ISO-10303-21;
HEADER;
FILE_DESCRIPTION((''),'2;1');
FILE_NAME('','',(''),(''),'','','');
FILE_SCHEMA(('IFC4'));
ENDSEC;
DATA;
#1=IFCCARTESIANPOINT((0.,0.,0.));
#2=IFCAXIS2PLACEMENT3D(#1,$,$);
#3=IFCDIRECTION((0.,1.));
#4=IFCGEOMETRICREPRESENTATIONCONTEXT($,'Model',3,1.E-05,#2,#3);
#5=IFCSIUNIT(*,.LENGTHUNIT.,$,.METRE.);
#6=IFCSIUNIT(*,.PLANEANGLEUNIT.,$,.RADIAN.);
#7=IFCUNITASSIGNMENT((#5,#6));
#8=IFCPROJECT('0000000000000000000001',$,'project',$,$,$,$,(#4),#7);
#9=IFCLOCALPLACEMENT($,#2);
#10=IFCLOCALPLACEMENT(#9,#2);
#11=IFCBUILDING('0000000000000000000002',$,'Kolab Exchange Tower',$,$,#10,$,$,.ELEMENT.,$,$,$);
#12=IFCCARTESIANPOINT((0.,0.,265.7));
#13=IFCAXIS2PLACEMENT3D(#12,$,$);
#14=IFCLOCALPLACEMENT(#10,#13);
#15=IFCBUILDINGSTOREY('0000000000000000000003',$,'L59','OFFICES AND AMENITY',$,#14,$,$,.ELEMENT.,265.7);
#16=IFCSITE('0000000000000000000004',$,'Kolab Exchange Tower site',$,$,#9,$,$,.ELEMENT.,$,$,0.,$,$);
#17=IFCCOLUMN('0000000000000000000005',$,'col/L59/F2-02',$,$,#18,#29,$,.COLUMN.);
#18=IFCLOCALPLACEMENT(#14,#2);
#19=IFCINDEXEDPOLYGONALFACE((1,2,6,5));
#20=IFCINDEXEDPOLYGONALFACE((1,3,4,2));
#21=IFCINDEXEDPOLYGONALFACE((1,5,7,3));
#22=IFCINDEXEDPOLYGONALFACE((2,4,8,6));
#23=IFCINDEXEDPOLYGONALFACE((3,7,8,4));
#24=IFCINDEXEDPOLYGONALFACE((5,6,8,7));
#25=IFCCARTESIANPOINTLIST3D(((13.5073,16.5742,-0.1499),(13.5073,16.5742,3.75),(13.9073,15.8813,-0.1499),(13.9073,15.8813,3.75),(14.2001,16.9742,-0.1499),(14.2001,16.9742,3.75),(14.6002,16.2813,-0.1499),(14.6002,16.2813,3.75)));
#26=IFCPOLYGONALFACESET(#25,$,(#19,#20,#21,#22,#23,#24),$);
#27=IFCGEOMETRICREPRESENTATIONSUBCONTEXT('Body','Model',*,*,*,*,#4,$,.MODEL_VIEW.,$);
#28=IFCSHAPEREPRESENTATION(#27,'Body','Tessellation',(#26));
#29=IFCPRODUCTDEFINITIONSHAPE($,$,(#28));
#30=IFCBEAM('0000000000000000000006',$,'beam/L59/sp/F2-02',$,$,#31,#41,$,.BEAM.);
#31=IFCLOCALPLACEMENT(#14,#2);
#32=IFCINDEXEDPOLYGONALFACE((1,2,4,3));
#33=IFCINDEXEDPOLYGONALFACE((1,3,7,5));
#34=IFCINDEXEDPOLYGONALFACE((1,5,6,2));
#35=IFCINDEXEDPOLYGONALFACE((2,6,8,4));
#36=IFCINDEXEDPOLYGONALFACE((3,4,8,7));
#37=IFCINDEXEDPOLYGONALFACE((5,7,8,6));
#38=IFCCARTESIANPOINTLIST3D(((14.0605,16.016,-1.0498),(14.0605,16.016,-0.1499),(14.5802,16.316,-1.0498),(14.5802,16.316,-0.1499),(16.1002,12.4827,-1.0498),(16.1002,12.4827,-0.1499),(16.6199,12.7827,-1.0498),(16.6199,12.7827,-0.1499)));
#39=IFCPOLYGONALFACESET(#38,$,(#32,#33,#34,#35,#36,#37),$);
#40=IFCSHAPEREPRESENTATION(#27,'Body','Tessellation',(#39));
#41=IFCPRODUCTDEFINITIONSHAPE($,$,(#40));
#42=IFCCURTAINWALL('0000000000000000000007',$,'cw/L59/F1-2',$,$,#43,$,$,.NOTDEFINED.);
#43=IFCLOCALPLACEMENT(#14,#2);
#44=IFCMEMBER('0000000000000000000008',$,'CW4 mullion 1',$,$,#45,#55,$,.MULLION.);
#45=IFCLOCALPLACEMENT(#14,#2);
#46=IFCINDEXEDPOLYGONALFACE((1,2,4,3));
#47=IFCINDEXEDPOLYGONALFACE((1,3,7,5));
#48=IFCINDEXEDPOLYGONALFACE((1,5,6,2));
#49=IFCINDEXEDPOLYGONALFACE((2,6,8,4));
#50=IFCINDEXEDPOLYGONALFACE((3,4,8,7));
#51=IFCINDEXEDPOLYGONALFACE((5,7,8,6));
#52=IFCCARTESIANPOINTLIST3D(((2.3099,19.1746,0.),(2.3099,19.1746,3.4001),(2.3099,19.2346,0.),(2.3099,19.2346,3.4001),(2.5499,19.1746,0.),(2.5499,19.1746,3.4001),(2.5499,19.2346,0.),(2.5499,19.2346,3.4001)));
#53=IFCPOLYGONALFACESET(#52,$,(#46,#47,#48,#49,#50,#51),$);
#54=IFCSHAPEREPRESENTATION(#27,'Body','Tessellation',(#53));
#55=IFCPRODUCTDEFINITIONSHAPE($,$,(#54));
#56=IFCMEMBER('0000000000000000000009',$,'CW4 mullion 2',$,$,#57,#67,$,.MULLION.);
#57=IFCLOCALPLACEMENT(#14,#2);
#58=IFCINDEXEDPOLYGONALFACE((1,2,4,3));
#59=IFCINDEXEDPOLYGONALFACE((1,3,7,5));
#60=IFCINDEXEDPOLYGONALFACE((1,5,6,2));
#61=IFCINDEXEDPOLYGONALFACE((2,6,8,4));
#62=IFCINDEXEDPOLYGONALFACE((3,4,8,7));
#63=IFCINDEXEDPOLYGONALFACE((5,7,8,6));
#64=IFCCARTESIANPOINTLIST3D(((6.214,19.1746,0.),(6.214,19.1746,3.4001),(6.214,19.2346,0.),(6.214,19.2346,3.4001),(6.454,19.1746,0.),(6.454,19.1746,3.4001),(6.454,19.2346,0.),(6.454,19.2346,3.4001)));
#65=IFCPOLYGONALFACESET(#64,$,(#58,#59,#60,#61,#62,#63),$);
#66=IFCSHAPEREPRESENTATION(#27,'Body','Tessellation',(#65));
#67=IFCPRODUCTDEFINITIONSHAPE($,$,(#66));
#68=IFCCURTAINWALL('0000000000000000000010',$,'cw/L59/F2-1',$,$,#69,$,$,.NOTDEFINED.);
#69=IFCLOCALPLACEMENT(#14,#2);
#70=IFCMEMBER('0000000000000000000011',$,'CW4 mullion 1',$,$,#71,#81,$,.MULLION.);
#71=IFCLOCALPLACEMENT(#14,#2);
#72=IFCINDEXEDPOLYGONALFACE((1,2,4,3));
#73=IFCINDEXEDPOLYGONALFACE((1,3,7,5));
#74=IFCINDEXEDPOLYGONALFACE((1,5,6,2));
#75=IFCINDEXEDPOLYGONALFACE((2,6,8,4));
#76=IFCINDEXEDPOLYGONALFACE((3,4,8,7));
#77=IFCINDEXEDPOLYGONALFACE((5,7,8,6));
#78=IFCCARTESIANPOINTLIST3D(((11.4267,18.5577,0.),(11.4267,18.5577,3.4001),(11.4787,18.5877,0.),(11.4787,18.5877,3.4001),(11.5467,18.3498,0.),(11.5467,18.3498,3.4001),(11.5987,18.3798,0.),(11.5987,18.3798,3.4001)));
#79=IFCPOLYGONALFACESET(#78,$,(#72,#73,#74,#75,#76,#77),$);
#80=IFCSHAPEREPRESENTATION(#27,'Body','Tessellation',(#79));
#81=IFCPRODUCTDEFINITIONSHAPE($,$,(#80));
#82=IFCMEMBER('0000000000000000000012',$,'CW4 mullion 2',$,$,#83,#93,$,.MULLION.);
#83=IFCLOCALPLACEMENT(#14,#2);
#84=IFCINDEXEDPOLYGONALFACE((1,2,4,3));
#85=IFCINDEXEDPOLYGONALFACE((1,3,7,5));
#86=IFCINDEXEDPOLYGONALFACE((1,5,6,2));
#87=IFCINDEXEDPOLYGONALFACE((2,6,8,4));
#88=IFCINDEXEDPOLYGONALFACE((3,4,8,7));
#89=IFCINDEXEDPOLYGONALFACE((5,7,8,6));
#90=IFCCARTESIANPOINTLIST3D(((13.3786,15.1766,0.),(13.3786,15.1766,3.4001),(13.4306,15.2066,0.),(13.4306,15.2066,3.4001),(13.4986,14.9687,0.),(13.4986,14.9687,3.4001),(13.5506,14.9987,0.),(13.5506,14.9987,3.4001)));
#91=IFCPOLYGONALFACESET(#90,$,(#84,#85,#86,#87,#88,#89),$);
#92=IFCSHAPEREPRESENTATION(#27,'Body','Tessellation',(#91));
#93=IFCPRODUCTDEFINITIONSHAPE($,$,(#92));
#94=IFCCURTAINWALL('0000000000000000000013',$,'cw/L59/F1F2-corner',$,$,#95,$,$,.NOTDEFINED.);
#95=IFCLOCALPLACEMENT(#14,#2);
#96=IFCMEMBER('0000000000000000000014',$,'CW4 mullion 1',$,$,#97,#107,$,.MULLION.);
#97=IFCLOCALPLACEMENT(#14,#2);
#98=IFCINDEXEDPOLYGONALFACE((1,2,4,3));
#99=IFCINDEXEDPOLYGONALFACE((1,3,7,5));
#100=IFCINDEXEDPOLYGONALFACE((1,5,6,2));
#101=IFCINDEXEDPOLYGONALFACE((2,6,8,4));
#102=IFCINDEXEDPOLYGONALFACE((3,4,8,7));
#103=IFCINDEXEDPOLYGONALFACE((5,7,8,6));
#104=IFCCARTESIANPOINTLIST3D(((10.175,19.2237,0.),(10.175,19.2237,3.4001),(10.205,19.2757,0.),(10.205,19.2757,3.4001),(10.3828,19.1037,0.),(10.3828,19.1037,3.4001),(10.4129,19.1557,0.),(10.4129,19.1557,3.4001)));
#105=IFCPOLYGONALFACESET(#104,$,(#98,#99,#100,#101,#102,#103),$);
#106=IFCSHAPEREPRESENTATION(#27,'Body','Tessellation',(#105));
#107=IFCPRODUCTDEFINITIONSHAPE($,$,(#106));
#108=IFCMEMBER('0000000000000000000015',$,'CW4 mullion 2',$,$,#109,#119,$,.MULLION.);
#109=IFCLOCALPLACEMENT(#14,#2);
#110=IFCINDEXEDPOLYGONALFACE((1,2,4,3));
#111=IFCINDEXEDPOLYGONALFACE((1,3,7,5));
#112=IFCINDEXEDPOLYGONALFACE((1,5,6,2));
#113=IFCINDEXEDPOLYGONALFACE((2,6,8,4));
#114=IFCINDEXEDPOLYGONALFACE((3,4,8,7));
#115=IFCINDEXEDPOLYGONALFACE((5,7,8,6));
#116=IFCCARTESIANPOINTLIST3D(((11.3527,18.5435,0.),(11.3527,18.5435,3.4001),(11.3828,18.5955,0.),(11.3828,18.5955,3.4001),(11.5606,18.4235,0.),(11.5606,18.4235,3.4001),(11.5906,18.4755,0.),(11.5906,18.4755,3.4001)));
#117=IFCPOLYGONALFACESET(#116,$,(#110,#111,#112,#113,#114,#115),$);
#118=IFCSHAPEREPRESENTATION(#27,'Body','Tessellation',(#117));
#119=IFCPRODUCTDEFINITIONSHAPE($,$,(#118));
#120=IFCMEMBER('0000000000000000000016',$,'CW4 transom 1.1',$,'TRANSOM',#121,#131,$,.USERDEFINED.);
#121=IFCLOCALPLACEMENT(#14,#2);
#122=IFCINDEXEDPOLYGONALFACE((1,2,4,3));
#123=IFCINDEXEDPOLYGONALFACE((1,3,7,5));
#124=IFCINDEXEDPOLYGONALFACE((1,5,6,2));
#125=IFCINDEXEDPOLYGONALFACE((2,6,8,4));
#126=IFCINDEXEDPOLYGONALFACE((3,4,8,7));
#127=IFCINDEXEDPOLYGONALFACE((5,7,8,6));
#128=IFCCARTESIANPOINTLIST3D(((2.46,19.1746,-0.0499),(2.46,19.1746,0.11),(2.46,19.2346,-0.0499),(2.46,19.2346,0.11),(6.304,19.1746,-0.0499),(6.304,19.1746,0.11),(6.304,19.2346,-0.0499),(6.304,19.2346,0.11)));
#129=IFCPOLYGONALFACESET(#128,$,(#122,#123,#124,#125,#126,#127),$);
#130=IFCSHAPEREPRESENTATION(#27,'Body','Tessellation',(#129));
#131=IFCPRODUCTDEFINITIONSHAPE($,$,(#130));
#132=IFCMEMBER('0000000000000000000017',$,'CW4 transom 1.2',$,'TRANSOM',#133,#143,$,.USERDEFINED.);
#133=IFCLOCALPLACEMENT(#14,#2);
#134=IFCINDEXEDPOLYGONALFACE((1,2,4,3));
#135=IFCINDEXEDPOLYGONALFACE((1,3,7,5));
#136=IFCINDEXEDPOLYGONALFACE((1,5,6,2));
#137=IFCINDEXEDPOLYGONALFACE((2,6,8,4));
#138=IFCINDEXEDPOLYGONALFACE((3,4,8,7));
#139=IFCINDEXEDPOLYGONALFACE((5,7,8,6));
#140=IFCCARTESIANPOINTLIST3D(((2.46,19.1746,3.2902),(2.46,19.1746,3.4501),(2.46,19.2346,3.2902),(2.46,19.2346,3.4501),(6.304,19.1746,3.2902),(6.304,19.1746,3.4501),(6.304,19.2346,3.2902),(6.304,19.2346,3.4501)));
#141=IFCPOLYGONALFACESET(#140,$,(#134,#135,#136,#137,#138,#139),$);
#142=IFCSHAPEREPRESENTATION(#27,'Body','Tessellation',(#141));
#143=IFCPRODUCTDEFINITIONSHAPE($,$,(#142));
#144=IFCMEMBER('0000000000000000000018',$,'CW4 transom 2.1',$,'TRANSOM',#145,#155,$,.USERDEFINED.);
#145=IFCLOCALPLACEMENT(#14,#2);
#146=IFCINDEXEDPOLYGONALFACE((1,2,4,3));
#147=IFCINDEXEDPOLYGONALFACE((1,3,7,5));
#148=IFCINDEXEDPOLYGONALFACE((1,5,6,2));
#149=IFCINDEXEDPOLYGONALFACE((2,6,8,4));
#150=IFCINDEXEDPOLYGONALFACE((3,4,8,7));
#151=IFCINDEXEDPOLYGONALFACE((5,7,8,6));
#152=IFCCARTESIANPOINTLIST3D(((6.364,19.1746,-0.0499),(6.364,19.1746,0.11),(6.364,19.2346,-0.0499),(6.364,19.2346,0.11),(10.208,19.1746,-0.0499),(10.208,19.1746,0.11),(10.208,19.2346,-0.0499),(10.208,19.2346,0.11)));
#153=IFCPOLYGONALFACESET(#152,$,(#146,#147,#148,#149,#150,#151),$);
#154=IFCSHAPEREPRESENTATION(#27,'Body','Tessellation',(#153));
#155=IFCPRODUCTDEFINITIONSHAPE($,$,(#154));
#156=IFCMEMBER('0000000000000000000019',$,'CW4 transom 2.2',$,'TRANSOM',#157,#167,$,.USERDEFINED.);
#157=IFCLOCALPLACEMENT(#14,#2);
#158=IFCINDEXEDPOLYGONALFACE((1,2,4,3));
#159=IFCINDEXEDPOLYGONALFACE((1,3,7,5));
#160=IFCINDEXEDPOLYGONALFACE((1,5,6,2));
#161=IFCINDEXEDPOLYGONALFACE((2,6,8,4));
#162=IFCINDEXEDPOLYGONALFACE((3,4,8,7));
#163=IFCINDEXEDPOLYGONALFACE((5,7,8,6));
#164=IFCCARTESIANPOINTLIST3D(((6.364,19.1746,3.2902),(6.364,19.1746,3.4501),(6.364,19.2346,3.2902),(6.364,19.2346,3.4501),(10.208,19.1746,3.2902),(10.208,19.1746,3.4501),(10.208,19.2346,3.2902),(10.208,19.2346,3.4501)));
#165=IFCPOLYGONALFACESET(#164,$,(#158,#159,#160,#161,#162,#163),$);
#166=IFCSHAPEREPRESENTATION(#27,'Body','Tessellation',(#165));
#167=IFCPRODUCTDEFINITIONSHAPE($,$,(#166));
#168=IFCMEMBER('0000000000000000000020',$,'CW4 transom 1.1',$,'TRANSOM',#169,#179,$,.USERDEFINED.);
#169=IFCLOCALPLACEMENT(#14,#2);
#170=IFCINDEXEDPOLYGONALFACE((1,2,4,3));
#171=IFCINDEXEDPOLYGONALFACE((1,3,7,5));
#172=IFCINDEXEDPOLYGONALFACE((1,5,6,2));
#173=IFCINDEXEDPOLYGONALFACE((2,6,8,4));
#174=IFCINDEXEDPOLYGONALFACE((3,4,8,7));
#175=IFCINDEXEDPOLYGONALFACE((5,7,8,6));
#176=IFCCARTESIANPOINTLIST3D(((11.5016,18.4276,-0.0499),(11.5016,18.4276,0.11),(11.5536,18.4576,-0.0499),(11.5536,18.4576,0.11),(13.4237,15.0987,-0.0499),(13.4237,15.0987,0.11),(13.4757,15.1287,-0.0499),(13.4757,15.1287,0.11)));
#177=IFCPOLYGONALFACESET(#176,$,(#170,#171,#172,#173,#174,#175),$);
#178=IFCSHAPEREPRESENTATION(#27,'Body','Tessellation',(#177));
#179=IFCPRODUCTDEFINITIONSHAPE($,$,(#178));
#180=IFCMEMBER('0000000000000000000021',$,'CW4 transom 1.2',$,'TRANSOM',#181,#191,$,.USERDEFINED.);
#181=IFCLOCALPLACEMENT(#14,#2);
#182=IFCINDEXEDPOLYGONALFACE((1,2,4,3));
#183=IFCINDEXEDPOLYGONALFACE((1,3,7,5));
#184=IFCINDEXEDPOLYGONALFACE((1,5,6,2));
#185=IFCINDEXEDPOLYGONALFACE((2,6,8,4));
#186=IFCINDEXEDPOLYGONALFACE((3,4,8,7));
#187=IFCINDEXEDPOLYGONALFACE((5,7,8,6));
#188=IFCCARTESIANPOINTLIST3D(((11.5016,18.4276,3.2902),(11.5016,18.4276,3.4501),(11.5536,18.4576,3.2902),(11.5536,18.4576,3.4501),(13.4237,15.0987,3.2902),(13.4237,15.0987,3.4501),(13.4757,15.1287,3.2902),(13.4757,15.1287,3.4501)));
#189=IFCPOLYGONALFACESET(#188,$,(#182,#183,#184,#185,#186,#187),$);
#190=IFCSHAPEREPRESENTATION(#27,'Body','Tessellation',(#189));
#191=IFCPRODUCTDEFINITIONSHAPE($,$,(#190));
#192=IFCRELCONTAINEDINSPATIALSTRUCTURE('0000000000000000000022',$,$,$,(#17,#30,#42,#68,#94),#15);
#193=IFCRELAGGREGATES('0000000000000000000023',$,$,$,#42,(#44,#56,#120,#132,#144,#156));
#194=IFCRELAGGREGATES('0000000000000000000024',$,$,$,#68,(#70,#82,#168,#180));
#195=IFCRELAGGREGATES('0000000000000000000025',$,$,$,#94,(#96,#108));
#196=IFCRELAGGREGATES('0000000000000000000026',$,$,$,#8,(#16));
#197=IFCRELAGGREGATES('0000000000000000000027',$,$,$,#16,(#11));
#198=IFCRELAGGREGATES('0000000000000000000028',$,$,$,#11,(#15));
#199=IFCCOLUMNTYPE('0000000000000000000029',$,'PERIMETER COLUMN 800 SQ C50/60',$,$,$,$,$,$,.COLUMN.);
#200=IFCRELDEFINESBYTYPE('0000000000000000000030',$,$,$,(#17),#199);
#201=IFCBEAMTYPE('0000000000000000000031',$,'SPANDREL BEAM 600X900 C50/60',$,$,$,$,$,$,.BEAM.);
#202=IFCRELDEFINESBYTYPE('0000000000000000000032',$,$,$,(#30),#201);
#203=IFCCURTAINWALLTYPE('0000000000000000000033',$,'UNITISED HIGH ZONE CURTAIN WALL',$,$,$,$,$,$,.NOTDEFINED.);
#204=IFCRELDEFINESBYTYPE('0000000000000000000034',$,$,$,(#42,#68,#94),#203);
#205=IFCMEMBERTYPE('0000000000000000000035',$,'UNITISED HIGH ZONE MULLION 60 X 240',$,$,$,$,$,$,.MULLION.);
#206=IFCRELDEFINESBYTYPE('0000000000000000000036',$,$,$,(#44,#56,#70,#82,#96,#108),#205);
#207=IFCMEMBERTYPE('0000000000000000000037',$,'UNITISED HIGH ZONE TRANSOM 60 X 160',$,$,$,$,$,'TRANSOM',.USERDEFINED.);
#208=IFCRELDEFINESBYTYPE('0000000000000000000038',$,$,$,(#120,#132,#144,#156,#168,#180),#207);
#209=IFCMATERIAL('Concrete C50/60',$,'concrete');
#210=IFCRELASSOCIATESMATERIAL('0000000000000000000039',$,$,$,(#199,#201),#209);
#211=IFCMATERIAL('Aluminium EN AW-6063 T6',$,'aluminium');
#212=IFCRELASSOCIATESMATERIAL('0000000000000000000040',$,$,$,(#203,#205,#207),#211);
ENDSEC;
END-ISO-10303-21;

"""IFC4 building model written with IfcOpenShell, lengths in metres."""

from ifc_helpers import new_model, si_unit, direction, frame, origin, origin_2d, place, context, subcontext, project, spatial, rectangle, extrude, material, material_profile, profile_set, type_object, element, aggregate, save


model = new_model("IFC4")

# Units and contexts
model_context = context("Model", 3, precision=1e-05, world=origin(), true_north=direction((0.0, 1.0)))
body_context = subcontext(model_context, "Body", "Model", "MODEL_VIEW")
ifc_project = project(units=[si_unit("LENGTHUNIT", "METRE"), si_unit("PLANEANGLEUNIT", "RADIAN")], contexts=[model_context])

# Site, building, storey
site_placement = place(None, origin())
site = spatial("IfcSite", under=ifc_project, at=site_placement, Name="Kolab Exchange Tower site", CompositionType="ELEMENT", RefElevation=0.0)
building_placement = place(site_placement, origin())
building = spatial("IfcBuilding", under=site, at=building_placement, Name="Kolab Exchange Tower", CompositionType="ELEMENT")
storey_placement = place(building_placement, frame((0.0, 0.0, 265.7)))
storey = spatial("IfcBuildingStorey", under=building, at=storey_placement, Name="L59", Description="OFFICES AND AMENITY", CompositionType="ELEMENT", Elevation=265.7)

# Column
ifc_material_1 = material(Name="Concrete C50/60", Category="concrete")
ifc_material_profile_1 = material_profile(ifc_material_1, rectangle(XDim=0.8, YDim=0.8, at=origin_2d()), Name="RC800")
ifc_profile_set_1 = profile_set([ifc_material_profile_1], Name="Concrete C50/60")
column_type = type_object("IfcColumnType", Name="PERIMETER COLUMN 800 SQ C50/60", PredefinedType="COLUMN", material=ifc_profile_set_1)
column_placement = place(storey_placement, frame((14.0537, 16.4277, -0.1499), z_axis=(0.0, 0.0, 1.0), x_axis=(0.866025, 0.5, 0.0)))
element("IfcColumn", 1, at=column_placement, inside=storey, type_object=column_type, Name="col/L59/F2-02", PredefinedType="COLUMN", context=body_context, shape_type="SweptSolid", body=[
    extrude(rectangle(XDim=0.8, YDim=0.8, at=origin_2d()), origin(), (0.0, 0.0, 1.0), 3.8999),
])

# Beam
ifc_material_profile_2 = material_profile(ifc_material_1, rectangle(XDim=0.6001, YDim=0.8999, at=origin_2d()), Name="RC600X900")
ifc_profile_set_2 = profile_set([ifc_material_profile_2], Name="Concrete C50/60")
beam_type = type_object("IfcBeamType", Name="SPANDREL BEAM 600X900 C50/60", PredefinedType="BEAM", material=ifc_profile_set_2)
beam_placement = place(storey_placement, frame((14.3203, 16.166, -0.5999), z_axis=(0.499956, -0.866051, 0.0), x_axis=(0.866051, 0.499956, 0.0)))
element("IfcBeam", 2, at=beam_placement, inside=storey, type_object=beam_type, Name="beam/L59/sp/F2-02", PredefinedType="BEAM", context=body_context, shape_type="SweptSolid", body=[
    extrude(rectangle(XDim=0.6001, YDim=0.8999, at=origin_2d()), origin(), (0.0, 0.0, 1.0), 4.0798),
])

# Curtain walls, members
ifc_material_2 = material(Name="Aluminium EN AW-6063 T6", Category="aluminium")
curtain_wall_type = type_object("IfcCurtainWallType", Name="UNITISED HIGH ZONE CURTAIN WALL", PredefinedType="NOTDEFINED", material=ifc_material_2)
curtain_wall_1_placement = place(storey_placement, origin())
curtain_wall_1 = element("IfcCurtainWall", 3, at=curtain_wall_1_placement, inside=storey, type_object=curtain_wall_type, Name="cw/L59/F1-2", PredefinedType="NOTDEFINED")
ifc_material_profile_3 = material_profile(ifc_material_2, rectangle(XDim=0.0601, YDim=0.24, at=origin_2d()), Name="RECT 60X240")
ifc_profile_set_3 = profile_set([ifc_material_profile_3], Name="Aluminium EN AW-6063 T6")
member_type_1 = type_object("IfcMemberType", Name="UNITISED HIGH ZONE MULLION 60 X 240", PredefinedType="MULLION", material=ifc_profile_set_3)
member_1_placement = place(storey_placement, frame((2.4299, 19.2046, 0.0), z_axis=(0.0, 0.0, 1.0), x_axis=(0.0, 1.0, 0.0)))
member_1 = element("IfcMember", 4, at=member_1_placement, type_object=member_type_1, Name="CW4 mullion 1", PredefinedType="MULLION", context=body_context, shape_type="SweptSolid", body=[
    extrude(rectangle(XDim=0.0601, YDim=0.24, at=origin_2d()), origin(), (0.0, 0.0, 1.0), 3.4001),
])
member_2_placement = place(storey_placement, frame((6.334, 19.2046, 0.0), z_axis=(0.0, 0.0, 1.0), x_axis=(0.0, 1.0, 0.0)))
member_2 = element("IfcMember", 5, at=member_2_placement, type_object=member_type_1, Name="CW4 mullion 2", PredefinedType="MULLION", context=body_context, shape_type="SweptSolid", body=[
    extrude(rectangle(XDim=0.0601, YDim=0.24, at=origin_2d()), origin(), (0.0, 0.0, 1.0), 3.4001),
])
curtain_wall_2_placement = place(storey_placement, origin())
curtain_wall_2 = element("IfcCurtainWall", 6, at=curtain_wall_2_placement, inside=storey, type_object=curtain_wall_type, Name="cw/L59/F2-1", PredefinedType="NOTDEFINED")
member_3_placement = place(storey_placement, frame((11.5127, 18.4688, 0.0), z_axis=(0.0, 0.0, 1.0), x_axis=(0.866025, 0.5, 0.0)))
member_3 = element("IfcMember", 7, at=member_3_placement, type_object=member_type_1, Name="CW4 mullion 1", PredefinedType="MULLION", context=body_context, shape_type="SweptSolid", body=[
    extrude(rectangle(XDim=0.0601, YDim=0.24, at=origin_2d()), origin(), (0.0, 0.0, 1.0), 3.4001),
])
member_4_placement = place(storey_placement, frame((13.4646, 15.0876, 0.0), z_axis=(0.0, 0.0, 1.0), x_axis=(0.866025, 0.5, 0.0)))
member_4 = element("IfcMember", 8, at=member_4_placement, type_object=member_type_1, Name="CW4 mullion 2", PredefinedType="MULLION", context=body_context, shape_type="SweptSolid", body=[
    extrude(rectangle(XDim=0.0601, YDim=0.24, at=origin_2d()), origin(), (0.0, 0.0, 1.0), 3.4001),
])
curtain_wall_3_placement = place(storey_placement, origin())
curtain_wall_3 = element("IfcCurtainWall", 9, at=curtain_wall_3_placement, inside=storey, type_object=curtain_wall_type, Name="cw/L59/F1F2-corner", PredefinedType="NOTDEFINED")
member_5_placement = place(storey_placement, frame((10.2939, 19.1897, 0.0), z_axis=(0.0, 0.0, 1.0), x_axis=(0.5, 0.866025, 0.0)))
member_5 = element("IfcMember", 10, at=member_5_placement, type_object=member_type_1, Name="CW4 mullion 1", PredefinedType="MULLION", context=body_context, shape_type="SweptSolid", body=[
    extrude(rectangle(XDim=0.0601, YDim=0.24, at=origin_2d()), origin(), (0.0, 0.0, 1.0), 3.4001),
])
member_6_placement = place(storey_placement, frame((11.4717, 18.5095, 0.0), z_axis=(0.0, 0.0, 1.0), x_axis=(0.5, 0.866025, 0.0)))
member_6 = element("IfcMember", 11, at=member_6_placement, type_object=member_type_1, Name="CW4 mullion 2", PredefinedType="MULLION", context=body_context, shape_type="SweptSolid", body=[
    extrude(rectangle(XDim=0.0601, YDim=0.24, at=origin_2d()), origin(), (0.0, 0.0, 1.0), 3.4001),
])

# Members
ifc_material_profile_4 = material_profile(ifc_material_2, rectangle(XDim=0.0601, YDim=0.1599, at=origin_2d()), Name="RECT 60X160")
ifc_profile_set_4 = profile_set([ifc_material_profile_4], Name="Aluminium EN AW-6063 T6")
member_type_2 = type_object("IfcMemberType", Name="UNITISED HIGH ZONE TRANSOM 60 X 160", ElementType="TRANSOM", PredefinedType="USERDEFINED", material=ifc_profile_set_4)
member_7_placement = place(storey_placement, frame((2.46, 19.2046, 0.03), z_axis=(1.0, 0.0, 0.0), x_axis=(0.0, 1.0, 0.0)))
member_7 = element("IfcMember", 12, at=member_7_placement, type_object=member_type_2, Name="CW4 transom 1.1", ObjectType="TRANSOM", PredefinedType="USERDEFINED", context=body_context, shape_type="SweptSolid", body=[
    extrude(rectangle(XDim=0.0601, YDim=0.1599, at=origin_2d()), origin(), (0.0, 0.0, 1.0), 3.844),
])
member_8_placement = place(storey_placement, frame((2.46, 19.2046, 3.3701), z_axis=(1.0, 0.0, 0.0), x_axis=(0.0, 1.0, 0.0)))
member_8 = element("IfcMember", 13, at=member_8_placement, type_object=member_type_2, Name="CW4 transom 1.2", ObjectType="TRANSOM", PredefinedType="USERDEFINED", context=body_context, shape_type="SweptSolid", body=[
    extrude(rectangle(XDim=0.0601, YDim=0.1599, at=origin_2d()), origin(), (0.0, 0.0, 1.0), 3.844),
])
member_9_placement = place(storey_placement, frame((6.364, 19.2046, 0.03), z_axis=(1.0, 0.0, 0.0), x_axis=(0.0, 1.0, 0.0)))
member_9 = element("IfcMember", 14, at=member_9_placement, type_object=member_type_2, Name="CW4 transom 2.1", ObjectType="TRANSOM", PredefinedType="USERDEFINED", context=body_context, shape_type="SweptSolid", body=[
    extrude(rectangle(XDim=0.0601, YDim=0.1599, at=origin_2d()), origin(), (0.0, 0.0, 1.0), 3.844),
])
member_10_placement = place(storey_placement, frame((6.364, 19.2046, 3.3701), z_axis=(1.0, 0.0, 0.0), x_axis=(0.0, 1.0, 0.0)))
member_10 = element("IfcMember", 15, at=member_10_placement, type_object=member_type_2, Name="CW4 transom 2.2", ObjectType="TRANSOM", PredefinedType="USERDEFINED", context=body_context, shape_type="SweptSolid", body=[
    extrude(rectangle(XDim=0.0601, YDim=0.1599, at=origin_2d()), origin(), (0.0, 0.0, 1.0), 3.844),
])
member_11_placement = place(storey_placement, frame((11.5276, 18.4426, 0.03), z_axis=(0.500039, -0.866003, 0.0), x_axis=(0.866003, 0.500039, 0.0)))
member_11 = element("IfcMember", 16, at=member_11_placement, type_object=member_type_2, Name="CW4 transom 1.1", ObjectType="TRANSOM", PredefinedType="USERDEFINED", context=body_context, shape_type="SweptSolid", body=[
    extrude(rectangle(XDim=0.0601, YDim=0.1599, at=origin_2d()), origin(), (0.0, 0.0, 1.0), 3.844),
])
member_12_placement = place(storey_placement, frame((11.5276, 18.4426, 3.3701), z_axis=(0.500039, -0.866003, 0.0), x_axis=(0.866003, 0.500039, 0.0)))
member_12 = element("IfcMember", 17, at=member_12_placement, type_object=member_type_2, Name="CW4 transom 1.2", ObjectType="TRANSOM", PredefinedType="USERDEFINED", context=body_context, shape_type="SweptSolid", body=[
    extrude(rectangle(XDim=0.0601, YDim=0.1599, at=origin_2d()), origin(), (0.0, 0.0, 1.0), 3.844),
])

aggregate(curtain_wall_1, [member_1, member_2, member_7, member_8, member_9, member_10])
aggregate(curtain_wall_2, [member_3, member_4, member_11, member_12])
aggregate(curtain_wall_3, [member_5, member_6])

save(model, "model.ifc")
